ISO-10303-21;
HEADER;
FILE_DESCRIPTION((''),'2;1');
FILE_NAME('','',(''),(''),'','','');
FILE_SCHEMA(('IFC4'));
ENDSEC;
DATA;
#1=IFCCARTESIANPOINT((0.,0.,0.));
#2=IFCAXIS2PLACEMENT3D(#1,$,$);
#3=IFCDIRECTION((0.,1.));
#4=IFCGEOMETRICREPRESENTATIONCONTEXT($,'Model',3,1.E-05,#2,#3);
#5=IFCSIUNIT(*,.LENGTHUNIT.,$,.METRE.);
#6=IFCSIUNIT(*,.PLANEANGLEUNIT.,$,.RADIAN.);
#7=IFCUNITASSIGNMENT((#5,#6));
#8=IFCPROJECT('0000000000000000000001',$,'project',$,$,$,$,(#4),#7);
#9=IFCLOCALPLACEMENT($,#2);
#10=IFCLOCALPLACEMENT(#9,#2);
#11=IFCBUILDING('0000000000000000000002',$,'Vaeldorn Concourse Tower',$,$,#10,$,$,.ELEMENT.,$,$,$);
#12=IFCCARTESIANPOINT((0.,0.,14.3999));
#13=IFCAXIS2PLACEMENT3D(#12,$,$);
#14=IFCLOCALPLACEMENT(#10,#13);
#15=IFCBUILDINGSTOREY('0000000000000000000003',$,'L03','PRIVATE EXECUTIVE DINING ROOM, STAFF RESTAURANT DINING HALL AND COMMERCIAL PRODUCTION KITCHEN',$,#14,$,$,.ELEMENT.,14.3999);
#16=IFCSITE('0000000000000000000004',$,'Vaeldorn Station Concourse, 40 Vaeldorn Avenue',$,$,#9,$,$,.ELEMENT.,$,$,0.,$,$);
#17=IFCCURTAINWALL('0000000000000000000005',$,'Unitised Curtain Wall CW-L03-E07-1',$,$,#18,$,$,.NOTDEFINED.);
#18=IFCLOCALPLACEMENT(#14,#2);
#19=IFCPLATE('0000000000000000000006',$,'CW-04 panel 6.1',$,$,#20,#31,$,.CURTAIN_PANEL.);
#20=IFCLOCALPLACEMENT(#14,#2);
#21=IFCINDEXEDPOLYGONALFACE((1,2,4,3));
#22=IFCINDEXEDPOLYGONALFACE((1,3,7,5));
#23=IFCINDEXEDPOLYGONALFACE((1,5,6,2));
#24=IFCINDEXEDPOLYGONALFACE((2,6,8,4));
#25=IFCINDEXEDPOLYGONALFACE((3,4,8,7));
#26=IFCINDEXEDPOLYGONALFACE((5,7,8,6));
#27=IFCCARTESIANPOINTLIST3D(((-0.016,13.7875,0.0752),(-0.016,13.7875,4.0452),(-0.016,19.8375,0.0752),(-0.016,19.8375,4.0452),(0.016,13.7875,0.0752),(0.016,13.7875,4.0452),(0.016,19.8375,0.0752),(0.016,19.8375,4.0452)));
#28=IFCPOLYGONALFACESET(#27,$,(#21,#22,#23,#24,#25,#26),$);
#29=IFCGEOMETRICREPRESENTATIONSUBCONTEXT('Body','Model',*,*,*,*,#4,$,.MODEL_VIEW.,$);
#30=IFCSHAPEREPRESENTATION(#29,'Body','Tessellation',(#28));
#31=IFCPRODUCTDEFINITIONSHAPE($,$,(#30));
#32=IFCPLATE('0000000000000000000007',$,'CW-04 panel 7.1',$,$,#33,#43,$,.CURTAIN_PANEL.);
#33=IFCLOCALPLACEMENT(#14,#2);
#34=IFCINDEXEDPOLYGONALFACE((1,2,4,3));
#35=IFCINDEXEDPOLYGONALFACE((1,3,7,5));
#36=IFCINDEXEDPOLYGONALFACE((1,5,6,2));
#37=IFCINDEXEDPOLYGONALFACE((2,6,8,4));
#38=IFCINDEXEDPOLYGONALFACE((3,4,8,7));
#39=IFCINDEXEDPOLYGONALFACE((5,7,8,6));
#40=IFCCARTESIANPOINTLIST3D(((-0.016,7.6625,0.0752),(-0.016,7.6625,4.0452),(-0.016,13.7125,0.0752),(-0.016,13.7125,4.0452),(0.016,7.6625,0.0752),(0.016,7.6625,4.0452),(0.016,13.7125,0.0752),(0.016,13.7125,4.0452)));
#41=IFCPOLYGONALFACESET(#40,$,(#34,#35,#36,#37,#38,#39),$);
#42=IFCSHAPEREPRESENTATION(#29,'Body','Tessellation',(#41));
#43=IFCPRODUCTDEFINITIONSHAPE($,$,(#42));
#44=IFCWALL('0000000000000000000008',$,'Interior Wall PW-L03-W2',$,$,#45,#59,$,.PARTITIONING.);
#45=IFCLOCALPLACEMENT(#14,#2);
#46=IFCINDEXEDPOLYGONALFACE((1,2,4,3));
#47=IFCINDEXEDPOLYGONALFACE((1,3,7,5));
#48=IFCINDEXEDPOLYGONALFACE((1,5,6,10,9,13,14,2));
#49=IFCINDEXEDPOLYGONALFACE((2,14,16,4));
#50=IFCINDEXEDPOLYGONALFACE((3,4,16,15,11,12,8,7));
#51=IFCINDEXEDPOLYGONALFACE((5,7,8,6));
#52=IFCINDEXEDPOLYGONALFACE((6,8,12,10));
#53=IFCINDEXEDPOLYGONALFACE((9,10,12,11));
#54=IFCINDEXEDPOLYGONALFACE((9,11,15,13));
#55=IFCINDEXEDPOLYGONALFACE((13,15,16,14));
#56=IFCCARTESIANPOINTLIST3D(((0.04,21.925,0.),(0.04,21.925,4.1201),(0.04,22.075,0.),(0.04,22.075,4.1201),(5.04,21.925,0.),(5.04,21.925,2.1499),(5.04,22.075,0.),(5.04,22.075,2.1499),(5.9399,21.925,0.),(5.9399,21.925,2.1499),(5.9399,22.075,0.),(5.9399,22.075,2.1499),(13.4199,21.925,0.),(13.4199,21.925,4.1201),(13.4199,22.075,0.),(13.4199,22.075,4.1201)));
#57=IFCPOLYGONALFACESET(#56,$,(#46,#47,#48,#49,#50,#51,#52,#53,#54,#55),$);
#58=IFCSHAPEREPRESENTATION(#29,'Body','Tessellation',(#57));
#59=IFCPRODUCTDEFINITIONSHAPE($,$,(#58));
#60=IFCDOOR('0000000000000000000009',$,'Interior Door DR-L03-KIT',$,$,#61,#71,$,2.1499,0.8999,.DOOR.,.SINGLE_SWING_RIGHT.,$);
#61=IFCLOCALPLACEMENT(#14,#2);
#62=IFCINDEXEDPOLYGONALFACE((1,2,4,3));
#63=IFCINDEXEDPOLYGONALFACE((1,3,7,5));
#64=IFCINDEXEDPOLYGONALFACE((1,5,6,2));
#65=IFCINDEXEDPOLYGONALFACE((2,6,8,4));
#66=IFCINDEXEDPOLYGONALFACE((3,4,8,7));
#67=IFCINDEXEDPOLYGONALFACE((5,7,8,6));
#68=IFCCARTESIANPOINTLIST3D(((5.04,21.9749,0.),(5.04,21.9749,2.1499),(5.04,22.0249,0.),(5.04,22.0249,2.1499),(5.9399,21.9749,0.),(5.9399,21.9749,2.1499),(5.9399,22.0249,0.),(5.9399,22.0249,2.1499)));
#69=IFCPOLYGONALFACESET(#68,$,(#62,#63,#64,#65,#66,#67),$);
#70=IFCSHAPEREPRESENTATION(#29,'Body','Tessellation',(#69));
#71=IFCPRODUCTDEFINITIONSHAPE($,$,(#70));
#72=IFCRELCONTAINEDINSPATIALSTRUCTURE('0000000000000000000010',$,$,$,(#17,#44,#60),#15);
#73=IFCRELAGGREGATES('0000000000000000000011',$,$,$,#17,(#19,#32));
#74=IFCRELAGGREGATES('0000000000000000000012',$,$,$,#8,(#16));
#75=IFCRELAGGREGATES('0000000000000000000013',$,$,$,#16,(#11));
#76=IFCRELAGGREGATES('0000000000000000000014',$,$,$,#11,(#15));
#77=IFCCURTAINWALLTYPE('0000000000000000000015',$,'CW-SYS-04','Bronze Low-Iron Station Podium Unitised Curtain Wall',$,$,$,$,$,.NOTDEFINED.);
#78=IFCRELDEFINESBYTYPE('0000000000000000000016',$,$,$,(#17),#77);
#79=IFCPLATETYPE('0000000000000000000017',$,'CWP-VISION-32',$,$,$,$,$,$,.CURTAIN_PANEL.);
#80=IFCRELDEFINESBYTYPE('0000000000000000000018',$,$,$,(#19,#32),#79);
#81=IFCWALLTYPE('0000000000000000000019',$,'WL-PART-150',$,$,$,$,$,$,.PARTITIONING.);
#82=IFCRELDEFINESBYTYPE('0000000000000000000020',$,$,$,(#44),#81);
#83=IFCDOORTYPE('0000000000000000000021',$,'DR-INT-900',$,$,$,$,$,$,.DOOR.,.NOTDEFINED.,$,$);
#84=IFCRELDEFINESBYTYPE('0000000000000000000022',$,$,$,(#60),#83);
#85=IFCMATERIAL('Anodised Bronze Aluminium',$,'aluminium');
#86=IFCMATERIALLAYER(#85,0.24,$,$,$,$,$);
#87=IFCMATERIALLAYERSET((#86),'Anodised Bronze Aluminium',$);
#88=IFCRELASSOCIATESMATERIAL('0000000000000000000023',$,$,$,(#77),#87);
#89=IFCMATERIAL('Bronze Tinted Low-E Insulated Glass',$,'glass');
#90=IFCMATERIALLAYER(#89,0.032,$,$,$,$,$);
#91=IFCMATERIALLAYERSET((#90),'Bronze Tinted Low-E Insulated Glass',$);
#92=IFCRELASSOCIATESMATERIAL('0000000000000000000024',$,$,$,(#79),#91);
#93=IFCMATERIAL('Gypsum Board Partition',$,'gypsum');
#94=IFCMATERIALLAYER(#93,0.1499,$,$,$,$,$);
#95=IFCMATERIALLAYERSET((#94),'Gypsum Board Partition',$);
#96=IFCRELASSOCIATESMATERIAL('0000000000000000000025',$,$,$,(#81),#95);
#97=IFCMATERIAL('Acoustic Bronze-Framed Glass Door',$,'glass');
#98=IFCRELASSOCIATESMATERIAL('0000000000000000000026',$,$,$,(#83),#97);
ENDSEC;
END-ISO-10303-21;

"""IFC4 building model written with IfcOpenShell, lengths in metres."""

from ifc_helpers import new_model, si_unit, direction, frame, frame_2d, origin, origin_2d, place, context, subcontext, project, spatial, rectangle, extrude, source, transform, mapped, material, layer, layer_set, type_object, element, fill, aggregate, save


model = new_model("IFC4")

# Units and contexts
model_context = context("Model", 3, precision=1e-05, world=origin(), true_north=direction((0.0, 1.0)))
body_context = subcontext(model_context, "Body", "Model", "MODEL_VIEW")
ifc_project = project(units=[si_unit("LENGTHUNIT", "METRE"), si_unit("PLANEANGLEUNIT", "RADIAN")], contexts=[model_context])

# Site, building, storey
site_placement = place(None, origin())
site = spatial("IfcSite", under=ifc_project, at=site_placement, Name="Vaeldorn Station Concourse, 40 Vaeldorn Avenue", CompositionType="ELEMENT", RefElevation=0.0)
building_placement = place(site_placement, origin())
building = spatial("IfcBuilding", under=site, at=building_placement, Name="Vaeldorn Concourse Tower", CompositionType="ELEMENT")
storey_placement = place(building_placement, frame((0.0, 0.0, 14.3999)))
storey = spatial("IfcBuildingStorey", under=building, at=storey_placement, Name="L03", Description="PRIVATE EXECUTIVE DINING ROOM, STAFF RESTAURANT DINING HALL AND COMMERCIAL PRODUCTION KITCHEN", CompositionType="ELEMENT", Elevation=14.3999)

# Curtain wall
ifc_material_1 = material(Name="Anodised Bronze Aluminium", Category="aluminium")
ifc_layer_1 = layer(ifc_material_1, 0.24)
ifc_layer_set_1 = layer_set([ifc_layer_1], Name="Anodised Bronze Aluminium")
curtain_wall_type = type_object("IfcCurtainWallType", Name="CW-SYS-04", Description="Bronze Low-Iron Station Podium Unitised Curtain Wall", PredefinedType="NOTDEFINED", material=ifc_layer_set_1)
curtain_wall_1_placement = place(storey_placement, origin())
curtain_wall_1 = element("IfcCurtainWall", 1, at=curtain_wall_1_placement, inside=storey, type_object=curtain_wall_type, Name="Unitised Curtain Wall CW-L03-E07-1", PredefinedType="NOTDEFINED")

# Plates
ifc_material_2 = material(Name="Bronze Tinted Low-E Insulated Glass", Category="glass")
ifc_layer_2 = layer(ifc_material_2, 0.032)
ifc_layer_set_2 = layer_set([ifc_layer_2], Name="Bronze Tinted Low-E Insulated Glass")
plate_type = type_object("IfcPlateType", Name="CWP-VISION-32", PredefinedType="CURTAIN_PANEL", material=ifc_layer_set_2)
shared_shape_1 = source(origin(), body_context, "Body", "SweptSolid", [
    extrude(rectangle(XDim=6.05, YDim=0.032, at=origin_2d()), origin(), (0.0, 0.0, 1.0), 3.97),
])
plate_1_placement = place(storey_placement, frame((0.0, 16.8125, 0.0752), z_axis=(0.0, 0.0, 1.0), x_axis=(0.0, -1.0, 0.0)))
plate_1 = element("IfcPlate", 2, at=plate_1_placement, type_object=plate_type, Name="CW-04 panel 6.1", PredefinedType="CURTAIN_PANEL", context=body_context, shape_type="MappedRepresentation", body=[
    mapped(shared_shape_1, transform((0.0, 0.0, 0.0), scale=1.0)),
])
plate_2_placement = place(storey_placement, frame((0.0, 10.6875, 0.0752), z_axis=(0.0, 0.0, 1.0), x_axis=(0.0, -1.0, 0.0)))
plate_2 = element("IfcPlate", 3, at=plate_2_placement, type_object=plate_type, Name="CW-04 panel 7.1", PredefinedType="CURTAIN_PANEL", context=body_context, shape_type="MappedRepresentation", body=[
    mapped(shared_shape_1, transform((0.0, 0.0, 0.0), scale=1.0)),
])
aggregate(curtain_wall_1, [plate_1, plate_2])

# Wall, opening, door
ifc_material_3 = material(Name="Gypsum Board Partition", Category="gypsum")
ifc_layer_3 = layer(ifc_material_3, 0.1499)
ifc_layer_set_3 = layer_set([ifc_layer_3], Name="Gypsum Board Partition")
wall_type = type_object("IfcWallType", Name="WL-PART-150", PredefinedType="PARTITIONING", material=ifc_layer_set_3)
wall_placement = place(storey_placement, frame((0.04, 22.0, 0.0), z_axis=(0.0, 0.0, 1.0), x_axis=(1.0, 0.0, 0.0)))
wall = element("IfcWall", 4, at=wall_placement, inside=storey, type_object=wall_type, Name="Interior Wall PW-L03-W2", PredefinedType="PARTITIONING", context=body_context, shape_type="SweptSolid", body=[
    extrude(rectangle(XDim=13.3799, YDim=0.1499, at=frame_2d((6.6899, 0.0))), origin(), (0.0, 0.0, 1.0), 4.1201),
])
opening_placement = place(wall_placement, frame((5.0, 0.0, 0.0)))
opening = element("IfcOpeningElement", 5, at=opening_placement, cuts=wall, PredefinedType="OPENING", context=body_context, shape_type="SweptSolid", body=[
    extrude(rectangle(XDim=0.8999, YDim=2.1499, at=frame_2d((0.45, 1.075))), frame((0.0, 0.085, 0.0), z_axis=(0.0, -1.0, 0.0), x_axis=(1.0, 0.0, 0.0)), (0.0, 0.0, 1.0), 0.1699),
])
ifc_material_4 = material(Name="Acoustic Bronze-Framed Glass Door", Category="glass")
door_type = type_object("IfcDoorType", Name="DR-INT-900", OperationType="NOTDEFINED", PredefinedType="DOOR", material=ifc_material_4)
shared_shape_2 = source(origin(), body_context, "Body", "SweptSolid", [
    extrude(rectangle(XDim=0.8999, YDim=2.1499, at=frame_2d((0.45, 1.075))), frame((0.0, 0.0249, 0.0), z_axis=(0.0, -1.0, 0.0), x_axis=(1.0, 0.0, 0.0)), (0.0, 0.0, 1.0), 0.05),
])
door_placement = place(opening_placement, origin())
door = element("IfcDoor", 6, at=door_placement, inside=storey, type_object=door_type, Name="Interior Door DR-L03-KIT", OperationType="SINGLE_SWING_RIGHT", OverallHeight=2.1499, OverallWidth=0.8999, PredefinedType="DOOR", context=body_context, shape_type="MappedRepresentation", body=[
    mapped(shared_shape_2, transform((0.0, 0.0, 0.0), scale=1.0)),
])
fill(opening, door)

save(model, "model.ifc")
